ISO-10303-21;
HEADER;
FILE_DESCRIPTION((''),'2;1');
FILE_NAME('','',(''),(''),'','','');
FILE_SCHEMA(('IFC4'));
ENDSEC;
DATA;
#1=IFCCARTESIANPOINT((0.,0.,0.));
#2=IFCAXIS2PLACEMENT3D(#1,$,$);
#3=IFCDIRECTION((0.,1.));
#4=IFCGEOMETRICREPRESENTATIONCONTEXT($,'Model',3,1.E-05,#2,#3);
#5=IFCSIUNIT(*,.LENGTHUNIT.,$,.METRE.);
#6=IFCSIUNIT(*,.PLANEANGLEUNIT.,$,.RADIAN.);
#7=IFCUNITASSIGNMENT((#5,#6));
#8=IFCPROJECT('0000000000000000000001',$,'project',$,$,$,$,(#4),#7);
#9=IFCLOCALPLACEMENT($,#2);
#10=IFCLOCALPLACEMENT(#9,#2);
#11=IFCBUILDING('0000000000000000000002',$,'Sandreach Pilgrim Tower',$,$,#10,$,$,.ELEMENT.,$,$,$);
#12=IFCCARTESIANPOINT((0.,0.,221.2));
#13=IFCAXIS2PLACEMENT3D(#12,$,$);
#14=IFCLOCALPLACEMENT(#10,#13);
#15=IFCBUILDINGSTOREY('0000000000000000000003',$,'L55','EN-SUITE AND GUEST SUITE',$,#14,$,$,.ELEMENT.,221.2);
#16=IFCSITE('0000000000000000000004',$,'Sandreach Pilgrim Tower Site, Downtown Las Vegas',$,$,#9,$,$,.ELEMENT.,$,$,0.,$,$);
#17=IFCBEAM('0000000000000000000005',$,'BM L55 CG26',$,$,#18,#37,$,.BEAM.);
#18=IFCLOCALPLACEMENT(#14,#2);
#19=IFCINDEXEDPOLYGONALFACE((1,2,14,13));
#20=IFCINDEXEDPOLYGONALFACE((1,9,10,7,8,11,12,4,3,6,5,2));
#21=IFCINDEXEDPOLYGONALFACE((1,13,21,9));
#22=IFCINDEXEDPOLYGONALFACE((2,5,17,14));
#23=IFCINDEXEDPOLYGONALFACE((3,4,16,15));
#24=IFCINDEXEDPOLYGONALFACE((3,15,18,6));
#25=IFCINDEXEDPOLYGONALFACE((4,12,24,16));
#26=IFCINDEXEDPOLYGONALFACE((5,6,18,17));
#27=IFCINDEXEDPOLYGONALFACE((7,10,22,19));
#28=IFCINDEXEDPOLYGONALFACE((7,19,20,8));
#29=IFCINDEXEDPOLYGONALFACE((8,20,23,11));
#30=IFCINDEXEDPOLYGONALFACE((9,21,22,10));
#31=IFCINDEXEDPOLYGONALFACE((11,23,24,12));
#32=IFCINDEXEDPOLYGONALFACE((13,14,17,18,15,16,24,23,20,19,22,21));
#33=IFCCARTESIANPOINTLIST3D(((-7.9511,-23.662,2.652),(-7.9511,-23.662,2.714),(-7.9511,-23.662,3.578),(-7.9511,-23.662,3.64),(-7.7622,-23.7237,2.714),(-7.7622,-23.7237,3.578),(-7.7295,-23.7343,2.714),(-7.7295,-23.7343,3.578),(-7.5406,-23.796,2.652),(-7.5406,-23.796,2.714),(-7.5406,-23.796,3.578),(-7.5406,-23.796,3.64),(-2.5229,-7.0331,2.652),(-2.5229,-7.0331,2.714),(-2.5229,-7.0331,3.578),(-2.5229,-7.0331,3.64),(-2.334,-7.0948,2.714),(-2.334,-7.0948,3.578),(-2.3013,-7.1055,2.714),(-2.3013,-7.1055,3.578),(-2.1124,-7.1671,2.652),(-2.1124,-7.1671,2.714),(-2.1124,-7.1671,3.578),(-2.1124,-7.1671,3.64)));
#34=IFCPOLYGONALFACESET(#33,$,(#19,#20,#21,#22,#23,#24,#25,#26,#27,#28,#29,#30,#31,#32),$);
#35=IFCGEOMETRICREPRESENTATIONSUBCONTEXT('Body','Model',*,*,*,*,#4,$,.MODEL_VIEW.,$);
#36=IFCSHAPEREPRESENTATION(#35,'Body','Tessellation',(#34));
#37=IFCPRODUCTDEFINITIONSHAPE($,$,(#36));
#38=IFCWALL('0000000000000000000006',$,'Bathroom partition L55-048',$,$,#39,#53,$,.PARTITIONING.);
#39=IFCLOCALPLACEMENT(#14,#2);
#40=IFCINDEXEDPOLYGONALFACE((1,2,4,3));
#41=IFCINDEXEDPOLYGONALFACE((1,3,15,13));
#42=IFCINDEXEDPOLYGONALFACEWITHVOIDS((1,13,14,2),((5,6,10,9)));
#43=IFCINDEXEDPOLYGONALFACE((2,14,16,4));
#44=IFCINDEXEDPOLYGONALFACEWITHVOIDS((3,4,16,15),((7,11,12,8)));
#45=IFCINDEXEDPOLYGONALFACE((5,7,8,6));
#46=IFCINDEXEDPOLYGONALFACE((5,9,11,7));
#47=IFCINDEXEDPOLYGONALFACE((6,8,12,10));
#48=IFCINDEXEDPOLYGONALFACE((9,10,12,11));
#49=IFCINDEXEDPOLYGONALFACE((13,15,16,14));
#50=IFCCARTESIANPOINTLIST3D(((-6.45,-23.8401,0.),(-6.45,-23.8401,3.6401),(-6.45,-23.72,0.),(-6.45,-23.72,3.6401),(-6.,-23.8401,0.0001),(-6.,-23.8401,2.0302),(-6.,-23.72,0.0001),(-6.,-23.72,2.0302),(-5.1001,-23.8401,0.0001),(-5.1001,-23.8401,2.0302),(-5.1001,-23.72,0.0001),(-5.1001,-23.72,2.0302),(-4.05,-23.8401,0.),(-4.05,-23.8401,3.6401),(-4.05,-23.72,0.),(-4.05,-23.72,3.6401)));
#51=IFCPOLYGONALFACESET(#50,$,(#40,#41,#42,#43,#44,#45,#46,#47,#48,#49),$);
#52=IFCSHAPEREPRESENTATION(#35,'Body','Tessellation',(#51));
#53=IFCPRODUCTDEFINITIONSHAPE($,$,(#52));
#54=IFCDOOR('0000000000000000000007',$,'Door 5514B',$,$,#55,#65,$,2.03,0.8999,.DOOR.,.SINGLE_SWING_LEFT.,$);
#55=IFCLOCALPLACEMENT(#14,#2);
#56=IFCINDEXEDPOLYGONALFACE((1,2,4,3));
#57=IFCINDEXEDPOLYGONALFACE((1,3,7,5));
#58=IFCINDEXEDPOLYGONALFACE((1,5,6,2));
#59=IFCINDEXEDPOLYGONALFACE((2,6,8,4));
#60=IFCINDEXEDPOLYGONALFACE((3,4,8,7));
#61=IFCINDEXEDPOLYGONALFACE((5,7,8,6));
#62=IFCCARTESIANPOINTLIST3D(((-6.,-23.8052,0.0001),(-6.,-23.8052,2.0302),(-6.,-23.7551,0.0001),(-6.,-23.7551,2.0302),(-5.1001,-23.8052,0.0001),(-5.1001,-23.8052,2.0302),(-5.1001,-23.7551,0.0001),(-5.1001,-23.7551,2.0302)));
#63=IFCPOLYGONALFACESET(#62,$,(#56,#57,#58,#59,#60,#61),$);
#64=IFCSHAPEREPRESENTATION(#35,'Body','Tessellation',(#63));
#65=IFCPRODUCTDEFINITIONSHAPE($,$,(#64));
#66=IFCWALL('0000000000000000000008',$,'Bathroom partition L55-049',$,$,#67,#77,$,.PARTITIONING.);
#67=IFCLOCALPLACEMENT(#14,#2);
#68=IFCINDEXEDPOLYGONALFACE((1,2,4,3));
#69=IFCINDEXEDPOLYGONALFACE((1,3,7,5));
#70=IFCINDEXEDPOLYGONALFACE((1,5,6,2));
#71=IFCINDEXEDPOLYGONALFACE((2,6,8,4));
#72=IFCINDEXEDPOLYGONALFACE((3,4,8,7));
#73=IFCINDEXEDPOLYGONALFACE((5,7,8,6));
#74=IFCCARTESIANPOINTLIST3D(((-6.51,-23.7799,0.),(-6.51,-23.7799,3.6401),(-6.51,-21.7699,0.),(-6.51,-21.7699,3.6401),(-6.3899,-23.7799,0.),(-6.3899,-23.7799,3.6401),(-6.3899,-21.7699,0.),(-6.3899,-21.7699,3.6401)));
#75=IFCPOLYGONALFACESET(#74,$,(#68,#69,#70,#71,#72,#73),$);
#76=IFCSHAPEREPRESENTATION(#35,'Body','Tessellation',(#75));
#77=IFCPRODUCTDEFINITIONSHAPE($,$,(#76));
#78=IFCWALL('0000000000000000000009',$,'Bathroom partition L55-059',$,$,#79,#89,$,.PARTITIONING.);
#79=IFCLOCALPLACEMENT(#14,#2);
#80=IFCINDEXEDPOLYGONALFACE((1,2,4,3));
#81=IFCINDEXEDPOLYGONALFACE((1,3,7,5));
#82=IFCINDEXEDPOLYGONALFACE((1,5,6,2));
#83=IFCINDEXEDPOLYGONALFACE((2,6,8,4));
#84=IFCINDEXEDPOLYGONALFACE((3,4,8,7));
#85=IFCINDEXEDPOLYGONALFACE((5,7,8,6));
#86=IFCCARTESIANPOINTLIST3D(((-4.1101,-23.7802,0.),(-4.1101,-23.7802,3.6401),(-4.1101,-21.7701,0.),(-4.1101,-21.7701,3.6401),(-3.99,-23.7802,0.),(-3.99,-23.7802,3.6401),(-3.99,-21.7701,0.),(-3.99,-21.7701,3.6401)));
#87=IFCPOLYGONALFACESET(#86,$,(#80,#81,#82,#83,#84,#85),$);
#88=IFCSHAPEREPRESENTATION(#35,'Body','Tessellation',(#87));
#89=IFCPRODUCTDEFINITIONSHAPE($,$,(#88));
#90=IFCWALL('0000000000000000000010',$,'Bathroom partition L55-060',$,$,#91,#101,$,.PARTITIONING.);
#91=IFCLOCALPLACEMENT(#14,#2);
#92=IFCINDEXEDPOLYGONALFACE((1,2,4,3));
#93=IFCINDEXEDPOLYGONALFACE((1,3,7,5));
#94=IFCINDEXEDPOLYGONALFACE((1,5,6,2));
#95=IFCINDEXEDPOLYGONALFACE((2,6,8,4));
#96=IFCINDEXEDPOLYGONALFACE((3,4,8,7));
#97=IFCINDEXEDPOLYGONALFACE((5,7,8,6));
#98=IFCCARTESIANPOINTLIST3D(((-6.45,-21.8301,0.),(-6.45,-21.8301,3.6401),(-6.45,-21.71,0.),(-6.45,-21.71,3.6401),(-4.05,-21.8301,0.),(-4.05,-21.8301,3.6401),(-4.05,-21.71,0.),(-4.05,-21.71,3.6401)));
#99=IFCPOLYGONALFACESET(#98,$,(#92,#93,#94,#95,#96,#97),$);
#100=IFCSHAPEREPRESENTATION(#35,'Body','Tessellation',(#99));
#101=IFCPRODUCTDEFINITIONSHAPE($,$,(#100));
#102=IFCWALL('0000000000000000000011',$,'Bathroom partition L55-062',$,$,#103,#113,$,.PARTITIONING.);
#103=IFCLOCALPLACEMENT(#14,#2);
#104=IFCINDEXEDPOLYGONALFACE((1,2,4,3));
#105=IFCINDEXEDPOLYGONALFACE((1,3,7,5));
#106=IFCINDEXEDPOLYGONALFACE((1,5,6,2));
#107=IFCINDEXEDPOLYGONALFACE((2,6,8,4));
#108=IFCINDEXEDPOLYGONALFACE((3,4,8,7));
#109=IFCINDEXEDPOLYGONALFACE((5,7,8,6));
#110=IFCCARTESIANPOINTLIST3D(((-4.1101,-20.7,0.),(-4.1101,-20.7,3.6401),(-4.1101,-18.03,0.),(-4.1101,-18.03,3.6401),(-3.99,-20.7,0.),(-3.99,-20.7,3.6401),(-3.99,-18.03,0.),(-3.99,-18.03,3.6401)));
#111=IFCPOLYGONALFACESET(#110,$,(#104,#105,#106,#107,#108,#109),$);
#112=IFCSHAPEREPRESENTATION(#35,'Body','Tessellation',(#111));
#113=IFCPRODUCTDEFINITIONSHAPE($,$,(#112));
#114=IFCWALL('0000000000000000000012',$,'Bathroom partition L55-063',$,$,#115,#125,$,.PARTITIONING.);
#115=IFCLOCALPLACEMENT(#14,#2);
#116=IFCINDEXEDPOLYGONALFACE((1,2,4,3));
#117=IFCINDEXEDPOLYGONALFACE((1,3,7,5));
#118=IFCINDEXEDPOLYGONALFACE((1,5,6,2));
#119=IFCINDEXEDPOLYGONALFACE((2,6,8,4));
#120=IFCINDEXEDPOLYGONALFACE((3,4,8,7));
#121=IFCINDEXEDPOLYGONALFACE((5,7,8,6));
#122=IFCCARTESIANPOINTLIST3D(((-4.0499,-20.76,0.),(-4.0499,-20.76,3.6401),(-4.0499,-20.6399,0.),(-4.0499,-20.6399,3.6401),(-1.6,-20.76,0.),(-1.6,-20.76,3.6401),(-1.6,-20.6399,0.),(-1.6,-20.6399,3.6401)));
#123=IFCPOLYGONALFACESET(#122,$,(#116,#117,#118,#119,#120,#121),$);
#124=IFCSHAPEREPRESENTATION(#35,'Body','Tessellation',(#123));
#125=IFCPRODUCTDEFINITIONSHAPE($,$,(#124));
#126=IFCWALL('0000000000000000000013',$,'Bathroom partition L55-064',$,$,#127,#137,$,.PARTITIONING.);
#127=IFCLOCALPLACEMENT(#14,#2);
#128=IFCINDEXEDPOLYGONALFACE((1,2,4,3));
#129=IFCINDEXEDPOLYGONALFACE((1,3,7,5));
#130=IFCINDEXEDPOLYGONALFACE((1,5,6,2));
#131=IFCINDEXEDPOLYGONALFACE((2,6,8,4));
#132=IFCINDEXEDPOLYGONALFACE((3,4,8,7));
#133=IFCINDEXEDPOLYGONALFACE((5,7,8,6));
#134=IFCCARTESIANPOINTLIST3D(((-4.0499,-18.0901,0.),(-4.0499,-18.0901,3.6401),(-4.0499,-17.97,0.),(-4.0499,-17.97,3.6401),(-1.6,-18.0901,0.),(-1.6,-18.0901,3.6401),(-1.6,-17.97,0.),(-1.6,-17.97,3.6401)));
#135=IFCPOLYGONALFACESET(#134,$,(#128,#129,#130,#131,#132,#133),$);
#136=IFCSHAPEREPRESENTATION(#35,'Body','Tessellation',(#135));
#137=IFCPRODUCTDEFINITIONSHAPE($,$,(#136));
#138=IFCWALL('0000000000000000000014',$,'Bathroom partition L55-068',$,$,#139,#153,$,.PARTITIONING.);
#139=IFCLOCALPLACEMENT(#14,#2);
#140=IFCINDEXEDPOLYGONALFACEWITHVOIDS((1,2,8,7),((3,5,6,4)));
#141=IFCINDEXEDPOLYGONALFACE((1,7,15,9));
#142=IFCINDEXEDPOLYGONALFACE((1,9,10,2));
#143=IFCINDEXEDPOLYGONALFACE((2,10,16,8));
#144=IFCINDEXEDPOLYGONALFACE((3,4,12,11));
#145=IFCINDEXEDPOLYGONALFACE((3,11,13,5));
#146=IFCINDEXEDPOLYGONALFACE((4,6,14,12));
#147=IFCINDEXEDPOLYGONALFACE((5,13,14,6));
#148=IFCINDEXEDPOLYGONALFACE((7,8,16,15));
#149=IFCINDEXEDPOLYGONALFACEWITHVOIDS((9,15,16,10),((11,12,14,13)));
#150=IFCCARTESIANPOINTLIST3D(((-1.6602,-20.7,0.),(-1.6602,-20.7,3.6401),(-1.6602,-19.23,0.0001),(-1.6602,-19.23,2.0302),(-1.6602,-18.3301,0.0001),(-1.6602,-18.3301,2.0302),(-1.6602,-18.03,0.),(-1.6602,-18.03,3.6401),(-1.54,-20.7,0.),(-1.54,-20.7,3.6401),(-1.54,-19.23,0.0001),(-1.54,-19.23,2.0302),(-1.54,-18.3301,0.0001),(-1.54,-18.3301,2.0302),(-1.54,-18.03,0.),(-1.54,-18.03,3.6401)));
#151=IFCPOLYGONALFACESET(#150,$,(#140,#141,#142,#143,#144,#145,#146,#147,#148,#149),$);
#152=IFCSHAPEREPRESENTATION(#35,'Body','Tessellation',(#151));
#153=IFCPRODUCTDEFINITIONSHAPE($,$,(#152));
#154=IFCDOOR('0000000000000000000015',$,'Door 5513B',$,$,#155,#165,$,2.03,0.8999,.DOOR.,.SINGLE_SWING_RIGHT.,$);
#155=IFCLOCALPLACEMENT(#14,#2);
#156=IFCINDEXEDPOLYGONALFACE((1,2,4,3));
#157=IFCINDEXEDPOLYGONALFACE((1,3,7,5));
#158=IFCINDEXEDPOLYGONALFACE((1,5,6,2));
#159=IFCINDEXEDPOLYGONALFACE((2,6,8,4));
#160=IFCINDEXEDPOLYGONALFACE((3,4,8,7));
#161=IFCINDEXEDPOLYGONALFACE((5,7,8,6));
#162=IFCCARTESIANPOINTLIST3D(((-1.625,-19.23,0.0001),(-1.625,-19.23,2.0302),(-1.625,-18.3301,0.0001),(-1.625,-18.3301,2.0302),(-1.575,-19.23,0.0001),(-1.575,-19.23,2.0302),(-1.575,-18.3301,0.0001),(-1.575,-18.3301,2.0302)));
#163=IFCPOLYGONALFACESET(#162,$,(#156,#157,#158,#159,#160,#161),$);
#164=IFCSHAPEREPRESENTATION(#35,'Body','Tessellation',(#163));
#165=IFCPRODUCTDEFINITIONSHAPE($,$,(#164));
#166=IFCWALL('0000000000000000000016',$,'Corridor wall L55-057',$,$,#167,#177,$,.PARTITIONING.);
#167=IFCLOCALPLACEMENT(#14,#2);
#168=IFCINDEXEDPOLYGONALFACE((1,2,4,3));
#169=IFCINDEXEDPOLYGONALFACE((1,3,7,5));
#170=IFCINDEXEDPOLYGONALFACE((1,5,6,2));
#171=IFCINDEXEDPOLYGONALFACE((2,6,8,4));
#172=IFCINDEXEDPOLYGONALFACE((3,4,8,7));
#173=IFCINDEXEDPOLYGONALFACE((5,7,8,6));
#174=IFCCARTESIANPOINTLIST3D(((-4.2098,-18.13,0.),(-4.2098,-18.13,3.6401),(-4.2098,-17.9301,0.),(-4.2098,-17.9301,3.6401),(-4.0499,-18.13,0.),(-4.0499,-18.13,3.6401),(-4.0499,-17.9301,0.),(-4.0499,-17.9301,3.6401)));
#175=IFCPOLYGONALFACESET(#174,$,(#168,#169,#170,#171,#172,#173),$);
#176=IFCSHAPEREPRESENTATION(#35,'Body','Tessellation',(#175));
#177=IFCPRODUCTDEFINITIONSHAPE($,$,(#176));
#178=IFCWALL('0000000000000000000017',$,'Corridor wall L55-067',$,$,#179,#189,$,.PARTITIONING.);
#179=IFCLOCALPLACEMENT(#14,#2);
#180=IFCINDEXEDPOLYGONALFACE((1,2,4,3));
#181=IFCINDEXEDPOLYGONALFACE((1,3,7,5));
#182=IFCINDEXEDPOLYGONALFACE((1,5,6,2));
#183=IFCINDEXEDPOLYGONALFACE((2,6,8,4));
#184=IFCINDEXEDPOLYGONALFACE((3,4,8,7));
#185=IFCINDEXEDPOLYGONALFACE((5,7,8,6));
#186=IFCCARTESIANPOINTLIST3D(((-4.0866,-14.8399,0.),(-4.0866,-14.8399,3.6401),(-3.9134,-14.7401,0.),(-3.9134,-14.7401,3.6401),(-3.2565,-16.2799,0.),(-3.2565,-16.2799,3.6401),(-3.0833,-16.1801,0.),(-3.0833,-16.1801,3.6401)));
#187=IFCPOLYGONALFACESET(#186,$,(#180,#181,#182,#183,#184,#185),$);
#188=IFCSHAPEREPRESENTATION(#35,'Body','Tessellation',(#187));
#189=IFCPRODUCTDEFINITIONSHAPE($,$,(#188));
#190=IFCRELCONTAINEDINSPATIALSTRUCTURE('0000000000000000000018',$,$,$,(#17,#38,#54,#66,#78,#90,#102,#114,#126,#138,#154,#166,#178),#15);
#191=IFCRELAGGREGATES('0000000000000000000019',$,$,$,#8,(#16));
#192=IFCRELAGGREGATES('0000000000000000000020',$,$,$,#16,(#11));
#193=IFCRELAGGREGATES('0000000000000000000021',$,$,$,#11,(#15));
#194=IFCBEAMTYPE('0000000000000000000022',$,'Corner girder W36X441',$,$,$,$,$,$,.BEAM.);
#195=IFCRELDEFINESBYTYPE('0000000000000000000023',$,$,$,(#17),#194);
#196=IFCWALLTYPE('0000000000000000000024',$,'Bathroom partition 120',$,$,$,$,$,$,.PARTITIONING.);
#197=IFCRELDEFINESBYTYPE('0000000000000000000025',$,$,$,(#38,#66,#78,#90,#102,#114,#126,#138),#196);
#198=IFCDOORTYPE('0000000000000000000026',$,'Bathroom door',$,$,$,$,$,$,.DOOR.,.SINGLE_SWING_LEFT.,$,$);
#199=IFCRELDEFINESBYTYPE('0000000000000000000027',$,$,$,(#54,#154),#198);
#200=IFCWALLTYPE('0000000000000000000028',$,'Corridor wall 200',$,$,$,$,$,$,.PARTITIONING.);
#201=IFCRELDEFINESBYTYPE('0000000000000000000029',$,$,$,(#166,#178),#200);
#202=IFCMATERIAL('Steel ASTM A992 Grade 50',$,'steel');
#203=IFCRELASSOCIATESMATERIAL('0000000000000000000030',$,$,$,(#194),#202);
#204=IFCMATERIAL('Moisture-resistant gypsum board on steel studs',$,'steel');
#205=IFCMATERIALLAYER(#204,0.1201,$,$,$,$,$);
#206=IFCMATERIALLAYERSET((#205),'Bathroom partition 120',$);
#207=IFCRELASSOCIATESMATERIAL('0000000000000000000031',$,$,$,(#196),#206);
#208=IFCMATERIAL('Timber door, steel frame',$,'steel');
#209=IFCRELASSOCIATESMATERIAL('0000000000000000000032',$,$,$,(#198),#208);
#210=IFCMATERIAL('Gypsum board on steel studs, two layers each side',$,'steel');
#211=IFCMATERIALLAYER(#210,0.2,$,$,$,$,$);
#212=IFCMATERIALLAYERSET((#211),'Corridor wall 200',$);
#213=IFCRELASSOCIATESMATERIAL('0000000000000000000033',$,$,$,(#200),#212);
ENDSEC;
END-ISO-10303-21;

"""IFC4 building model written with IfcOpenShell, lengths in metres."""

from ifc_helpers import new_model, si_unit, direction, frame, frame_2d, origin, origin_2d, place, context, subcontext, project, spatial, rectangle, i_section, extrude, material, layer, layer_set, material_profile, profile_set, type_object, element, fill, save


model = new_model("IFC4")

# Units and contexts
model_context = context("Model", 3, precision=1e-05, world=origin(), true_north=direction((0.0, 1.0)))
body_context = subcontext(model_context, "Body", "Model", "MODEL_VIEW")
ifc_project = project(units=[si_unit("LENGTHUNIT", "METRE"), si_unit("PLANEANGLEUNIT", "RADIAN")], contexts=[model_context])

# Site, building, storey
site_placement = place(None, origin())
site = spatial("IfcSite", under=ifc_project, at=site_placement, Name="Sandreach Pilgrim Tower Site, Downtown Las Vegas", CompositionType="ELEMENT", RefElevation=0.0)
building_placement = place(site_placement, origin())
building = spatial("IfcBuilding", under=site, at=building_placement, Name="Sandreach Pilgrim Tower", CompositionType="ELEMENT")
storey_placement = place(building_placement, frame((0.0, 0.0, 221.2)))
storey = spatial("IfcBuildingStorey", under=building, at=storey_placement, Name="L55", Description="EN-SUITE AND GUEST SUITE", CompositionType="ELEMENT", Elevation=221.2)

# Beam
ifc_material_1 = material(Name="Steel ASTM A992 Grade 50", Category="steel")
ifc_material_profile = material_profile(ifc_material_1, i_section(OverallWidth=0.4319, OverallDepth=0.988, WebThickness=0.0344, FlangeThickness=0.062, at=origin_2d()), Name="W36X441")
ifc_profile_set = profile_set([ifc_material_profile], Name="Steel ASTM A992 Grade 50")
beam_type = type_object("IfcBeamType", Name="Corner girder W36X441", PredefinedType="BEAM", material=ifc_profile_set)
beam_placement = place(storey_placement, frame((-7.7458, -23.729, 3.146), z_axis=(0.310318, 0.950633, 0.0), x_axis=(-0.950633, 0.310318, 0.0)))
element("IfcBeam", 1, at=beam_placement, inside=storey, type_object=beam_type, Name="BM L55 CG26", PredefinedType="BEAM", context=body_context, shape_type="SweptSolid", body=[
    extrude(i_section(OverallWidth=0.4319, OverallDepth=0.988, WebThickness=0.0344, FlangeThickness=0.062, at=origin_2d()), origin(), (0.0, 0.0, 1.0), 17.4924),
])

# Wall, opening, door
ifc_material_2 = material(Name="Moisture-resistant gypsum board on steel studs", Category="steel")
ifc_layer_1 = layer(ifc_material_2, 0.1201)
ifc_layer_set_1 = layer_set([ifc_layer_1], Name="Bathroom partition 120")
wall_type_1 = type_object("IfcWallType", Name="Bathroom partition 120", PredefinedType="PARTITIONING", material=ifc_layer_set_1)
wall_1_placement = place(storey_placement, frame((-6.45, -23.78, 0.0), z_axis=(0.0, 0.0, 1.0), x_axis=(1.0, 0.0, 0.0)))
wall_1 = element("IfcWall", 2, at=wall_1_placement, inside=storey, type_object=wall_type_1, Name="Bathroom partition L55-048", PredefinedType="PARTITIONING", context=body_context, shape_type="SweptSolid", body=[
    extrude(rectangle(XDim=2.3999, YDim=0.1201, at=frame_2d((1.2, 0.0))), origin(), (0.0, 0.0, 1.0), 3.6401),
])
opening_1_placement = place(wall_1_placement, frame((0.45, 0.0, 0.0)))
opening_1 = element("IfcOpeningElement", 3, at=opening_1_placement, cuts=wall_1, PredefinedType="OPENING", context=body_context, shape_type="SweptSolid", body=[
    extrude(rectangle(XDim=0.8999, YDim=2.03, at=frame_2d((0.45, 1.0151))), frame((0.0, 0.0601, 0.0), z_axis=(0.0, -1.0, 0.0), x_axis=(1.0, 0.0, 0.0)), (0.0, 0.0, 1.0), 0.1201),
])
ifc_material_3 = material(Name="Timber door, steel frame", Category="steel")
door_type_1 = type_object("IfcDoorType", Name="Bathroom door", OperationType="SINGLE_SWING_LEFT", PredefinedType="DOOR", material=ifc_material_3)
door_1_placement = place(opening_1_placement, origin())
door_1 = element("IfcDoor", 4, at=door_1_placement, inside=storey, type_object=door_type_1, Name="Door 5514B", OperationType="SINGLE_SWING_LEFT", OverallHeight=2.03, OverallWidth=0.8999, PredefinedType="DOOR", context=body_context, shape_type="SweptSolid", body=[
    extrude(rectangle(XDim=0.8999, YDim=2.03, at=frame_2d((0.45, 1.0151))), frame((0.0, 0.0249, 0.0), z_axis=(0.0, -1.0, 0.0), x_axis=(1.0, 0.0, 0.0)), (0.0, 0.0, 1.0), 0.05),
])
fill(opening_1, door_1)

# Walls
for number, where, z_axis, x_axis, name in (
    (5, (-6.45, -21.77, 0.0), (0.0, 0.0, 1.0), (0.0, -1.0, 0.0), "Bathroom partition L55-049"),
    (6, (-4.05, -23.78, 0.0), (0.0, 0.0, 1.0), (0.0, 1.0, 0.0), "Bathroom partition L55-059"),
):
    element("IfcWall", number, at=place(storey_placement, frame(where, z_axis=z_axis, x_axis=x_axis)), inside=storey, type_object=wall_type_1, Name=name, PredefinedType="PARTITIONING", context=body_context, shape_type="SweptSolid", body=[
        extrude(rectangle(XDim=2.01, YDim=0.1201, at=frame_2d((1.0049, 0.0))), origin(), (0.0, 0.0, 1.0), 3.6401),
    ])
wall_2_placement = place(storey_placement, frame((-4.05, -21.77, 0.0), z_axis=(0.0, 0.0, 1.0), x_axis=(-1.0, 0.0, 0.0)))
element("IfcWall", 7, at=wall_2_placement, inside=storey, type_object=wall_type_1, Name="Bathroom partition L55-060", PredefinedType="PARTITIONING", context=body_context, shape_type="SweptSolid", body=[
    extrude(rectangle(XDim=2.3999, YDim=0.1201, at=frame_2d((1.2, 0.0))), origin(), (0.0, 0.0, 1.0), 3.6401),
])
wall_3_placement = place(storey_placement, frame((-4.05, -20.7, 0.0), z_axis=(0.0, 0.0, 1.0), x_axis=(0.0, 1.0, 0.0)))
element("IfcWall", 8, at=wall_3_placement, inside=storey, type_object=wall_type_1, Name="Bathroom partition L55-062", PredefinedType="PARTITIONING", context=body_context, shape_type="SweptSolid", body=[
    extrude(rectangle(XDim=2.6699, YDim=0.1201, at=frame_2d((1.335, 0.0))), origin(), (0.0, 0.0, 1.0), 3.6401),
])
for number, where, z_axis, x_axis, name in (
    (9, (-4.05, -20.7, 0.0), (0.0, 0.0, 1.0), (1.0, 0.0, 0.0), "Bathroom partition L55-063"),
    (10, (-4.05, -18.03, 0.0), (0.0, 0.0, 1.0), (1.0, 0.0, 0.0), "Bathroom partition L55-064"),
):
    element("IfcWall", number, at=place(storey_placement, frame(where, z_axis=z_axis, x_axis=x_axis)), inside=storey, type_object=wall_type_1, Name=name, PredefinedType="PARTITIONING", context=body_context, shape_type="SweptSolid", body=[
        extrude(rectangle(XDim=2.45, YDim=0.1201, at=frame_2d((1.2251, 0.0))), origin(), (0.0, 0.0, 1.0), 3.6401),
    ])

# Wall, opening, door
wall_4_placement = place(storey_placement, frame((-1.6001, -20.7, 0.0), z_axis=(0.0, 0.0, 1.0), x_axis=(0.0, 1.0, 0.0)))
wall_4 = element("IfcWall", 11, at=wall_4_placement, inside=storey, type_object=wall_type_1, Name="Bathroom partition L55-068", PredefinedType="PARTITIONING", context=body_context, shape_type="SweptSolid", body=[
    extrude(rectangle(XDim=2.6699, YDim=0.1201, at=frame_2d((1.335, 0.0))), origin(), (0.0, 0.0, 1.0), 3.6401),
])
opening_2_placement = place(wall_4_placement, frame((1.47, 0.0, 0.0)))
opening_2 = element("IfcOpeningElement", 12, at=opening_2_placement, cuts=wall_4, PredefinedType="OPENING", context=body_context, shape_type="SweptSolid", body=[
    extrude(rectangle(XDim=0.8999, YDim=2.03, at=frame_2d((0.45, 1.0151))), frame((0.0, 0.0601, 0.0), z_axis=(0.0, -1.0, 0.0), x_axis=(1.0, 0.0, 0.0)), (0.0, 0.0, 1.0), 0.1201),
])
door_2_placement = place(opening_2_placement, origin())
door_2 = element("IfcDoor", 13, at=door_2_placement, inside=storey, type_object=door_type_1, Name="Door 5513B", OperationType="SINGLE_SWING_RIGHT", OverallHeight=2.03, OverallWidth=0.8999, PredefinedType="DOOR", context=body_context, shape_type="SweptSolid", body=[
    extrude(rectangle(XDim=0.8999, YDim=2.03, at=frame_2d((0.45, 1.0151))), frame((0.0, 0.0249, 0.0), z_axis=(0.0, -1.0, 0.0), x_axis=(1.0, 0.0, 0.0)), (0.0, 0.0, 1.0), 0.05),
])
fill(opening_2, door_2)
ifc_material_4 = material(Name="Gypsum board on steel studs, two layers each side", Category="steel")
ifc_layer_2 = layer(ifc_material_4, 0.2)
ifc_layer_set_2 = layer_set([ifc_layer_2], Name="Corridor wall 200")
wall_type_2 = type_object("IfcWallType", Name="Corridor wall 200", PredefinedType="PARTITIONING", material=ifc_layer_set_2)

# Wall
wall_5_placement = place(storey_placement, frame((-4.21, -18.03, 0.0), z_axis=(0.0, 0.0, 1.0), x_axis=(1.0, 0.0, 0.0)))
element("IfcWall", 14, at=wall_5_placement, inside=storey, type_object=wall_type_2, Name="Corridor wall L55-057", PredefinedType="PARTITIONING", context=body_context, shape_type="SweptSolid", body=[
    extrude(rectangle(XDim=0.1599, YDim=0.2, at=frame_2d((0.0801, 0.0))), origin(), (0.0, 0.0, 1.0), 3.6401),
])

# Wall
wall_6_placement = place(storey_placement, frame((-3.1699, -16.23, 0.0), z_axis=(0.0, 0.0, 1.0), x_axis=(-0.499426, 0.866357, 0.0)))
element("IfcWall", 15, at=wall_6_placement, inside=storey, type_object=wall_type_2, Name="Corridor wall L55-067", PredefinedType="PARTITIONING", context=body_context, shape_type="SweptSolid", body=[
    extrude(rectangle(XDim=1.6621, YDim=0.2, at=frame_2d((0.8311, 0.0))), origin(), (0.0, 0.0, 1.0), 3.6401),
])

save(model, "model.ifc")
